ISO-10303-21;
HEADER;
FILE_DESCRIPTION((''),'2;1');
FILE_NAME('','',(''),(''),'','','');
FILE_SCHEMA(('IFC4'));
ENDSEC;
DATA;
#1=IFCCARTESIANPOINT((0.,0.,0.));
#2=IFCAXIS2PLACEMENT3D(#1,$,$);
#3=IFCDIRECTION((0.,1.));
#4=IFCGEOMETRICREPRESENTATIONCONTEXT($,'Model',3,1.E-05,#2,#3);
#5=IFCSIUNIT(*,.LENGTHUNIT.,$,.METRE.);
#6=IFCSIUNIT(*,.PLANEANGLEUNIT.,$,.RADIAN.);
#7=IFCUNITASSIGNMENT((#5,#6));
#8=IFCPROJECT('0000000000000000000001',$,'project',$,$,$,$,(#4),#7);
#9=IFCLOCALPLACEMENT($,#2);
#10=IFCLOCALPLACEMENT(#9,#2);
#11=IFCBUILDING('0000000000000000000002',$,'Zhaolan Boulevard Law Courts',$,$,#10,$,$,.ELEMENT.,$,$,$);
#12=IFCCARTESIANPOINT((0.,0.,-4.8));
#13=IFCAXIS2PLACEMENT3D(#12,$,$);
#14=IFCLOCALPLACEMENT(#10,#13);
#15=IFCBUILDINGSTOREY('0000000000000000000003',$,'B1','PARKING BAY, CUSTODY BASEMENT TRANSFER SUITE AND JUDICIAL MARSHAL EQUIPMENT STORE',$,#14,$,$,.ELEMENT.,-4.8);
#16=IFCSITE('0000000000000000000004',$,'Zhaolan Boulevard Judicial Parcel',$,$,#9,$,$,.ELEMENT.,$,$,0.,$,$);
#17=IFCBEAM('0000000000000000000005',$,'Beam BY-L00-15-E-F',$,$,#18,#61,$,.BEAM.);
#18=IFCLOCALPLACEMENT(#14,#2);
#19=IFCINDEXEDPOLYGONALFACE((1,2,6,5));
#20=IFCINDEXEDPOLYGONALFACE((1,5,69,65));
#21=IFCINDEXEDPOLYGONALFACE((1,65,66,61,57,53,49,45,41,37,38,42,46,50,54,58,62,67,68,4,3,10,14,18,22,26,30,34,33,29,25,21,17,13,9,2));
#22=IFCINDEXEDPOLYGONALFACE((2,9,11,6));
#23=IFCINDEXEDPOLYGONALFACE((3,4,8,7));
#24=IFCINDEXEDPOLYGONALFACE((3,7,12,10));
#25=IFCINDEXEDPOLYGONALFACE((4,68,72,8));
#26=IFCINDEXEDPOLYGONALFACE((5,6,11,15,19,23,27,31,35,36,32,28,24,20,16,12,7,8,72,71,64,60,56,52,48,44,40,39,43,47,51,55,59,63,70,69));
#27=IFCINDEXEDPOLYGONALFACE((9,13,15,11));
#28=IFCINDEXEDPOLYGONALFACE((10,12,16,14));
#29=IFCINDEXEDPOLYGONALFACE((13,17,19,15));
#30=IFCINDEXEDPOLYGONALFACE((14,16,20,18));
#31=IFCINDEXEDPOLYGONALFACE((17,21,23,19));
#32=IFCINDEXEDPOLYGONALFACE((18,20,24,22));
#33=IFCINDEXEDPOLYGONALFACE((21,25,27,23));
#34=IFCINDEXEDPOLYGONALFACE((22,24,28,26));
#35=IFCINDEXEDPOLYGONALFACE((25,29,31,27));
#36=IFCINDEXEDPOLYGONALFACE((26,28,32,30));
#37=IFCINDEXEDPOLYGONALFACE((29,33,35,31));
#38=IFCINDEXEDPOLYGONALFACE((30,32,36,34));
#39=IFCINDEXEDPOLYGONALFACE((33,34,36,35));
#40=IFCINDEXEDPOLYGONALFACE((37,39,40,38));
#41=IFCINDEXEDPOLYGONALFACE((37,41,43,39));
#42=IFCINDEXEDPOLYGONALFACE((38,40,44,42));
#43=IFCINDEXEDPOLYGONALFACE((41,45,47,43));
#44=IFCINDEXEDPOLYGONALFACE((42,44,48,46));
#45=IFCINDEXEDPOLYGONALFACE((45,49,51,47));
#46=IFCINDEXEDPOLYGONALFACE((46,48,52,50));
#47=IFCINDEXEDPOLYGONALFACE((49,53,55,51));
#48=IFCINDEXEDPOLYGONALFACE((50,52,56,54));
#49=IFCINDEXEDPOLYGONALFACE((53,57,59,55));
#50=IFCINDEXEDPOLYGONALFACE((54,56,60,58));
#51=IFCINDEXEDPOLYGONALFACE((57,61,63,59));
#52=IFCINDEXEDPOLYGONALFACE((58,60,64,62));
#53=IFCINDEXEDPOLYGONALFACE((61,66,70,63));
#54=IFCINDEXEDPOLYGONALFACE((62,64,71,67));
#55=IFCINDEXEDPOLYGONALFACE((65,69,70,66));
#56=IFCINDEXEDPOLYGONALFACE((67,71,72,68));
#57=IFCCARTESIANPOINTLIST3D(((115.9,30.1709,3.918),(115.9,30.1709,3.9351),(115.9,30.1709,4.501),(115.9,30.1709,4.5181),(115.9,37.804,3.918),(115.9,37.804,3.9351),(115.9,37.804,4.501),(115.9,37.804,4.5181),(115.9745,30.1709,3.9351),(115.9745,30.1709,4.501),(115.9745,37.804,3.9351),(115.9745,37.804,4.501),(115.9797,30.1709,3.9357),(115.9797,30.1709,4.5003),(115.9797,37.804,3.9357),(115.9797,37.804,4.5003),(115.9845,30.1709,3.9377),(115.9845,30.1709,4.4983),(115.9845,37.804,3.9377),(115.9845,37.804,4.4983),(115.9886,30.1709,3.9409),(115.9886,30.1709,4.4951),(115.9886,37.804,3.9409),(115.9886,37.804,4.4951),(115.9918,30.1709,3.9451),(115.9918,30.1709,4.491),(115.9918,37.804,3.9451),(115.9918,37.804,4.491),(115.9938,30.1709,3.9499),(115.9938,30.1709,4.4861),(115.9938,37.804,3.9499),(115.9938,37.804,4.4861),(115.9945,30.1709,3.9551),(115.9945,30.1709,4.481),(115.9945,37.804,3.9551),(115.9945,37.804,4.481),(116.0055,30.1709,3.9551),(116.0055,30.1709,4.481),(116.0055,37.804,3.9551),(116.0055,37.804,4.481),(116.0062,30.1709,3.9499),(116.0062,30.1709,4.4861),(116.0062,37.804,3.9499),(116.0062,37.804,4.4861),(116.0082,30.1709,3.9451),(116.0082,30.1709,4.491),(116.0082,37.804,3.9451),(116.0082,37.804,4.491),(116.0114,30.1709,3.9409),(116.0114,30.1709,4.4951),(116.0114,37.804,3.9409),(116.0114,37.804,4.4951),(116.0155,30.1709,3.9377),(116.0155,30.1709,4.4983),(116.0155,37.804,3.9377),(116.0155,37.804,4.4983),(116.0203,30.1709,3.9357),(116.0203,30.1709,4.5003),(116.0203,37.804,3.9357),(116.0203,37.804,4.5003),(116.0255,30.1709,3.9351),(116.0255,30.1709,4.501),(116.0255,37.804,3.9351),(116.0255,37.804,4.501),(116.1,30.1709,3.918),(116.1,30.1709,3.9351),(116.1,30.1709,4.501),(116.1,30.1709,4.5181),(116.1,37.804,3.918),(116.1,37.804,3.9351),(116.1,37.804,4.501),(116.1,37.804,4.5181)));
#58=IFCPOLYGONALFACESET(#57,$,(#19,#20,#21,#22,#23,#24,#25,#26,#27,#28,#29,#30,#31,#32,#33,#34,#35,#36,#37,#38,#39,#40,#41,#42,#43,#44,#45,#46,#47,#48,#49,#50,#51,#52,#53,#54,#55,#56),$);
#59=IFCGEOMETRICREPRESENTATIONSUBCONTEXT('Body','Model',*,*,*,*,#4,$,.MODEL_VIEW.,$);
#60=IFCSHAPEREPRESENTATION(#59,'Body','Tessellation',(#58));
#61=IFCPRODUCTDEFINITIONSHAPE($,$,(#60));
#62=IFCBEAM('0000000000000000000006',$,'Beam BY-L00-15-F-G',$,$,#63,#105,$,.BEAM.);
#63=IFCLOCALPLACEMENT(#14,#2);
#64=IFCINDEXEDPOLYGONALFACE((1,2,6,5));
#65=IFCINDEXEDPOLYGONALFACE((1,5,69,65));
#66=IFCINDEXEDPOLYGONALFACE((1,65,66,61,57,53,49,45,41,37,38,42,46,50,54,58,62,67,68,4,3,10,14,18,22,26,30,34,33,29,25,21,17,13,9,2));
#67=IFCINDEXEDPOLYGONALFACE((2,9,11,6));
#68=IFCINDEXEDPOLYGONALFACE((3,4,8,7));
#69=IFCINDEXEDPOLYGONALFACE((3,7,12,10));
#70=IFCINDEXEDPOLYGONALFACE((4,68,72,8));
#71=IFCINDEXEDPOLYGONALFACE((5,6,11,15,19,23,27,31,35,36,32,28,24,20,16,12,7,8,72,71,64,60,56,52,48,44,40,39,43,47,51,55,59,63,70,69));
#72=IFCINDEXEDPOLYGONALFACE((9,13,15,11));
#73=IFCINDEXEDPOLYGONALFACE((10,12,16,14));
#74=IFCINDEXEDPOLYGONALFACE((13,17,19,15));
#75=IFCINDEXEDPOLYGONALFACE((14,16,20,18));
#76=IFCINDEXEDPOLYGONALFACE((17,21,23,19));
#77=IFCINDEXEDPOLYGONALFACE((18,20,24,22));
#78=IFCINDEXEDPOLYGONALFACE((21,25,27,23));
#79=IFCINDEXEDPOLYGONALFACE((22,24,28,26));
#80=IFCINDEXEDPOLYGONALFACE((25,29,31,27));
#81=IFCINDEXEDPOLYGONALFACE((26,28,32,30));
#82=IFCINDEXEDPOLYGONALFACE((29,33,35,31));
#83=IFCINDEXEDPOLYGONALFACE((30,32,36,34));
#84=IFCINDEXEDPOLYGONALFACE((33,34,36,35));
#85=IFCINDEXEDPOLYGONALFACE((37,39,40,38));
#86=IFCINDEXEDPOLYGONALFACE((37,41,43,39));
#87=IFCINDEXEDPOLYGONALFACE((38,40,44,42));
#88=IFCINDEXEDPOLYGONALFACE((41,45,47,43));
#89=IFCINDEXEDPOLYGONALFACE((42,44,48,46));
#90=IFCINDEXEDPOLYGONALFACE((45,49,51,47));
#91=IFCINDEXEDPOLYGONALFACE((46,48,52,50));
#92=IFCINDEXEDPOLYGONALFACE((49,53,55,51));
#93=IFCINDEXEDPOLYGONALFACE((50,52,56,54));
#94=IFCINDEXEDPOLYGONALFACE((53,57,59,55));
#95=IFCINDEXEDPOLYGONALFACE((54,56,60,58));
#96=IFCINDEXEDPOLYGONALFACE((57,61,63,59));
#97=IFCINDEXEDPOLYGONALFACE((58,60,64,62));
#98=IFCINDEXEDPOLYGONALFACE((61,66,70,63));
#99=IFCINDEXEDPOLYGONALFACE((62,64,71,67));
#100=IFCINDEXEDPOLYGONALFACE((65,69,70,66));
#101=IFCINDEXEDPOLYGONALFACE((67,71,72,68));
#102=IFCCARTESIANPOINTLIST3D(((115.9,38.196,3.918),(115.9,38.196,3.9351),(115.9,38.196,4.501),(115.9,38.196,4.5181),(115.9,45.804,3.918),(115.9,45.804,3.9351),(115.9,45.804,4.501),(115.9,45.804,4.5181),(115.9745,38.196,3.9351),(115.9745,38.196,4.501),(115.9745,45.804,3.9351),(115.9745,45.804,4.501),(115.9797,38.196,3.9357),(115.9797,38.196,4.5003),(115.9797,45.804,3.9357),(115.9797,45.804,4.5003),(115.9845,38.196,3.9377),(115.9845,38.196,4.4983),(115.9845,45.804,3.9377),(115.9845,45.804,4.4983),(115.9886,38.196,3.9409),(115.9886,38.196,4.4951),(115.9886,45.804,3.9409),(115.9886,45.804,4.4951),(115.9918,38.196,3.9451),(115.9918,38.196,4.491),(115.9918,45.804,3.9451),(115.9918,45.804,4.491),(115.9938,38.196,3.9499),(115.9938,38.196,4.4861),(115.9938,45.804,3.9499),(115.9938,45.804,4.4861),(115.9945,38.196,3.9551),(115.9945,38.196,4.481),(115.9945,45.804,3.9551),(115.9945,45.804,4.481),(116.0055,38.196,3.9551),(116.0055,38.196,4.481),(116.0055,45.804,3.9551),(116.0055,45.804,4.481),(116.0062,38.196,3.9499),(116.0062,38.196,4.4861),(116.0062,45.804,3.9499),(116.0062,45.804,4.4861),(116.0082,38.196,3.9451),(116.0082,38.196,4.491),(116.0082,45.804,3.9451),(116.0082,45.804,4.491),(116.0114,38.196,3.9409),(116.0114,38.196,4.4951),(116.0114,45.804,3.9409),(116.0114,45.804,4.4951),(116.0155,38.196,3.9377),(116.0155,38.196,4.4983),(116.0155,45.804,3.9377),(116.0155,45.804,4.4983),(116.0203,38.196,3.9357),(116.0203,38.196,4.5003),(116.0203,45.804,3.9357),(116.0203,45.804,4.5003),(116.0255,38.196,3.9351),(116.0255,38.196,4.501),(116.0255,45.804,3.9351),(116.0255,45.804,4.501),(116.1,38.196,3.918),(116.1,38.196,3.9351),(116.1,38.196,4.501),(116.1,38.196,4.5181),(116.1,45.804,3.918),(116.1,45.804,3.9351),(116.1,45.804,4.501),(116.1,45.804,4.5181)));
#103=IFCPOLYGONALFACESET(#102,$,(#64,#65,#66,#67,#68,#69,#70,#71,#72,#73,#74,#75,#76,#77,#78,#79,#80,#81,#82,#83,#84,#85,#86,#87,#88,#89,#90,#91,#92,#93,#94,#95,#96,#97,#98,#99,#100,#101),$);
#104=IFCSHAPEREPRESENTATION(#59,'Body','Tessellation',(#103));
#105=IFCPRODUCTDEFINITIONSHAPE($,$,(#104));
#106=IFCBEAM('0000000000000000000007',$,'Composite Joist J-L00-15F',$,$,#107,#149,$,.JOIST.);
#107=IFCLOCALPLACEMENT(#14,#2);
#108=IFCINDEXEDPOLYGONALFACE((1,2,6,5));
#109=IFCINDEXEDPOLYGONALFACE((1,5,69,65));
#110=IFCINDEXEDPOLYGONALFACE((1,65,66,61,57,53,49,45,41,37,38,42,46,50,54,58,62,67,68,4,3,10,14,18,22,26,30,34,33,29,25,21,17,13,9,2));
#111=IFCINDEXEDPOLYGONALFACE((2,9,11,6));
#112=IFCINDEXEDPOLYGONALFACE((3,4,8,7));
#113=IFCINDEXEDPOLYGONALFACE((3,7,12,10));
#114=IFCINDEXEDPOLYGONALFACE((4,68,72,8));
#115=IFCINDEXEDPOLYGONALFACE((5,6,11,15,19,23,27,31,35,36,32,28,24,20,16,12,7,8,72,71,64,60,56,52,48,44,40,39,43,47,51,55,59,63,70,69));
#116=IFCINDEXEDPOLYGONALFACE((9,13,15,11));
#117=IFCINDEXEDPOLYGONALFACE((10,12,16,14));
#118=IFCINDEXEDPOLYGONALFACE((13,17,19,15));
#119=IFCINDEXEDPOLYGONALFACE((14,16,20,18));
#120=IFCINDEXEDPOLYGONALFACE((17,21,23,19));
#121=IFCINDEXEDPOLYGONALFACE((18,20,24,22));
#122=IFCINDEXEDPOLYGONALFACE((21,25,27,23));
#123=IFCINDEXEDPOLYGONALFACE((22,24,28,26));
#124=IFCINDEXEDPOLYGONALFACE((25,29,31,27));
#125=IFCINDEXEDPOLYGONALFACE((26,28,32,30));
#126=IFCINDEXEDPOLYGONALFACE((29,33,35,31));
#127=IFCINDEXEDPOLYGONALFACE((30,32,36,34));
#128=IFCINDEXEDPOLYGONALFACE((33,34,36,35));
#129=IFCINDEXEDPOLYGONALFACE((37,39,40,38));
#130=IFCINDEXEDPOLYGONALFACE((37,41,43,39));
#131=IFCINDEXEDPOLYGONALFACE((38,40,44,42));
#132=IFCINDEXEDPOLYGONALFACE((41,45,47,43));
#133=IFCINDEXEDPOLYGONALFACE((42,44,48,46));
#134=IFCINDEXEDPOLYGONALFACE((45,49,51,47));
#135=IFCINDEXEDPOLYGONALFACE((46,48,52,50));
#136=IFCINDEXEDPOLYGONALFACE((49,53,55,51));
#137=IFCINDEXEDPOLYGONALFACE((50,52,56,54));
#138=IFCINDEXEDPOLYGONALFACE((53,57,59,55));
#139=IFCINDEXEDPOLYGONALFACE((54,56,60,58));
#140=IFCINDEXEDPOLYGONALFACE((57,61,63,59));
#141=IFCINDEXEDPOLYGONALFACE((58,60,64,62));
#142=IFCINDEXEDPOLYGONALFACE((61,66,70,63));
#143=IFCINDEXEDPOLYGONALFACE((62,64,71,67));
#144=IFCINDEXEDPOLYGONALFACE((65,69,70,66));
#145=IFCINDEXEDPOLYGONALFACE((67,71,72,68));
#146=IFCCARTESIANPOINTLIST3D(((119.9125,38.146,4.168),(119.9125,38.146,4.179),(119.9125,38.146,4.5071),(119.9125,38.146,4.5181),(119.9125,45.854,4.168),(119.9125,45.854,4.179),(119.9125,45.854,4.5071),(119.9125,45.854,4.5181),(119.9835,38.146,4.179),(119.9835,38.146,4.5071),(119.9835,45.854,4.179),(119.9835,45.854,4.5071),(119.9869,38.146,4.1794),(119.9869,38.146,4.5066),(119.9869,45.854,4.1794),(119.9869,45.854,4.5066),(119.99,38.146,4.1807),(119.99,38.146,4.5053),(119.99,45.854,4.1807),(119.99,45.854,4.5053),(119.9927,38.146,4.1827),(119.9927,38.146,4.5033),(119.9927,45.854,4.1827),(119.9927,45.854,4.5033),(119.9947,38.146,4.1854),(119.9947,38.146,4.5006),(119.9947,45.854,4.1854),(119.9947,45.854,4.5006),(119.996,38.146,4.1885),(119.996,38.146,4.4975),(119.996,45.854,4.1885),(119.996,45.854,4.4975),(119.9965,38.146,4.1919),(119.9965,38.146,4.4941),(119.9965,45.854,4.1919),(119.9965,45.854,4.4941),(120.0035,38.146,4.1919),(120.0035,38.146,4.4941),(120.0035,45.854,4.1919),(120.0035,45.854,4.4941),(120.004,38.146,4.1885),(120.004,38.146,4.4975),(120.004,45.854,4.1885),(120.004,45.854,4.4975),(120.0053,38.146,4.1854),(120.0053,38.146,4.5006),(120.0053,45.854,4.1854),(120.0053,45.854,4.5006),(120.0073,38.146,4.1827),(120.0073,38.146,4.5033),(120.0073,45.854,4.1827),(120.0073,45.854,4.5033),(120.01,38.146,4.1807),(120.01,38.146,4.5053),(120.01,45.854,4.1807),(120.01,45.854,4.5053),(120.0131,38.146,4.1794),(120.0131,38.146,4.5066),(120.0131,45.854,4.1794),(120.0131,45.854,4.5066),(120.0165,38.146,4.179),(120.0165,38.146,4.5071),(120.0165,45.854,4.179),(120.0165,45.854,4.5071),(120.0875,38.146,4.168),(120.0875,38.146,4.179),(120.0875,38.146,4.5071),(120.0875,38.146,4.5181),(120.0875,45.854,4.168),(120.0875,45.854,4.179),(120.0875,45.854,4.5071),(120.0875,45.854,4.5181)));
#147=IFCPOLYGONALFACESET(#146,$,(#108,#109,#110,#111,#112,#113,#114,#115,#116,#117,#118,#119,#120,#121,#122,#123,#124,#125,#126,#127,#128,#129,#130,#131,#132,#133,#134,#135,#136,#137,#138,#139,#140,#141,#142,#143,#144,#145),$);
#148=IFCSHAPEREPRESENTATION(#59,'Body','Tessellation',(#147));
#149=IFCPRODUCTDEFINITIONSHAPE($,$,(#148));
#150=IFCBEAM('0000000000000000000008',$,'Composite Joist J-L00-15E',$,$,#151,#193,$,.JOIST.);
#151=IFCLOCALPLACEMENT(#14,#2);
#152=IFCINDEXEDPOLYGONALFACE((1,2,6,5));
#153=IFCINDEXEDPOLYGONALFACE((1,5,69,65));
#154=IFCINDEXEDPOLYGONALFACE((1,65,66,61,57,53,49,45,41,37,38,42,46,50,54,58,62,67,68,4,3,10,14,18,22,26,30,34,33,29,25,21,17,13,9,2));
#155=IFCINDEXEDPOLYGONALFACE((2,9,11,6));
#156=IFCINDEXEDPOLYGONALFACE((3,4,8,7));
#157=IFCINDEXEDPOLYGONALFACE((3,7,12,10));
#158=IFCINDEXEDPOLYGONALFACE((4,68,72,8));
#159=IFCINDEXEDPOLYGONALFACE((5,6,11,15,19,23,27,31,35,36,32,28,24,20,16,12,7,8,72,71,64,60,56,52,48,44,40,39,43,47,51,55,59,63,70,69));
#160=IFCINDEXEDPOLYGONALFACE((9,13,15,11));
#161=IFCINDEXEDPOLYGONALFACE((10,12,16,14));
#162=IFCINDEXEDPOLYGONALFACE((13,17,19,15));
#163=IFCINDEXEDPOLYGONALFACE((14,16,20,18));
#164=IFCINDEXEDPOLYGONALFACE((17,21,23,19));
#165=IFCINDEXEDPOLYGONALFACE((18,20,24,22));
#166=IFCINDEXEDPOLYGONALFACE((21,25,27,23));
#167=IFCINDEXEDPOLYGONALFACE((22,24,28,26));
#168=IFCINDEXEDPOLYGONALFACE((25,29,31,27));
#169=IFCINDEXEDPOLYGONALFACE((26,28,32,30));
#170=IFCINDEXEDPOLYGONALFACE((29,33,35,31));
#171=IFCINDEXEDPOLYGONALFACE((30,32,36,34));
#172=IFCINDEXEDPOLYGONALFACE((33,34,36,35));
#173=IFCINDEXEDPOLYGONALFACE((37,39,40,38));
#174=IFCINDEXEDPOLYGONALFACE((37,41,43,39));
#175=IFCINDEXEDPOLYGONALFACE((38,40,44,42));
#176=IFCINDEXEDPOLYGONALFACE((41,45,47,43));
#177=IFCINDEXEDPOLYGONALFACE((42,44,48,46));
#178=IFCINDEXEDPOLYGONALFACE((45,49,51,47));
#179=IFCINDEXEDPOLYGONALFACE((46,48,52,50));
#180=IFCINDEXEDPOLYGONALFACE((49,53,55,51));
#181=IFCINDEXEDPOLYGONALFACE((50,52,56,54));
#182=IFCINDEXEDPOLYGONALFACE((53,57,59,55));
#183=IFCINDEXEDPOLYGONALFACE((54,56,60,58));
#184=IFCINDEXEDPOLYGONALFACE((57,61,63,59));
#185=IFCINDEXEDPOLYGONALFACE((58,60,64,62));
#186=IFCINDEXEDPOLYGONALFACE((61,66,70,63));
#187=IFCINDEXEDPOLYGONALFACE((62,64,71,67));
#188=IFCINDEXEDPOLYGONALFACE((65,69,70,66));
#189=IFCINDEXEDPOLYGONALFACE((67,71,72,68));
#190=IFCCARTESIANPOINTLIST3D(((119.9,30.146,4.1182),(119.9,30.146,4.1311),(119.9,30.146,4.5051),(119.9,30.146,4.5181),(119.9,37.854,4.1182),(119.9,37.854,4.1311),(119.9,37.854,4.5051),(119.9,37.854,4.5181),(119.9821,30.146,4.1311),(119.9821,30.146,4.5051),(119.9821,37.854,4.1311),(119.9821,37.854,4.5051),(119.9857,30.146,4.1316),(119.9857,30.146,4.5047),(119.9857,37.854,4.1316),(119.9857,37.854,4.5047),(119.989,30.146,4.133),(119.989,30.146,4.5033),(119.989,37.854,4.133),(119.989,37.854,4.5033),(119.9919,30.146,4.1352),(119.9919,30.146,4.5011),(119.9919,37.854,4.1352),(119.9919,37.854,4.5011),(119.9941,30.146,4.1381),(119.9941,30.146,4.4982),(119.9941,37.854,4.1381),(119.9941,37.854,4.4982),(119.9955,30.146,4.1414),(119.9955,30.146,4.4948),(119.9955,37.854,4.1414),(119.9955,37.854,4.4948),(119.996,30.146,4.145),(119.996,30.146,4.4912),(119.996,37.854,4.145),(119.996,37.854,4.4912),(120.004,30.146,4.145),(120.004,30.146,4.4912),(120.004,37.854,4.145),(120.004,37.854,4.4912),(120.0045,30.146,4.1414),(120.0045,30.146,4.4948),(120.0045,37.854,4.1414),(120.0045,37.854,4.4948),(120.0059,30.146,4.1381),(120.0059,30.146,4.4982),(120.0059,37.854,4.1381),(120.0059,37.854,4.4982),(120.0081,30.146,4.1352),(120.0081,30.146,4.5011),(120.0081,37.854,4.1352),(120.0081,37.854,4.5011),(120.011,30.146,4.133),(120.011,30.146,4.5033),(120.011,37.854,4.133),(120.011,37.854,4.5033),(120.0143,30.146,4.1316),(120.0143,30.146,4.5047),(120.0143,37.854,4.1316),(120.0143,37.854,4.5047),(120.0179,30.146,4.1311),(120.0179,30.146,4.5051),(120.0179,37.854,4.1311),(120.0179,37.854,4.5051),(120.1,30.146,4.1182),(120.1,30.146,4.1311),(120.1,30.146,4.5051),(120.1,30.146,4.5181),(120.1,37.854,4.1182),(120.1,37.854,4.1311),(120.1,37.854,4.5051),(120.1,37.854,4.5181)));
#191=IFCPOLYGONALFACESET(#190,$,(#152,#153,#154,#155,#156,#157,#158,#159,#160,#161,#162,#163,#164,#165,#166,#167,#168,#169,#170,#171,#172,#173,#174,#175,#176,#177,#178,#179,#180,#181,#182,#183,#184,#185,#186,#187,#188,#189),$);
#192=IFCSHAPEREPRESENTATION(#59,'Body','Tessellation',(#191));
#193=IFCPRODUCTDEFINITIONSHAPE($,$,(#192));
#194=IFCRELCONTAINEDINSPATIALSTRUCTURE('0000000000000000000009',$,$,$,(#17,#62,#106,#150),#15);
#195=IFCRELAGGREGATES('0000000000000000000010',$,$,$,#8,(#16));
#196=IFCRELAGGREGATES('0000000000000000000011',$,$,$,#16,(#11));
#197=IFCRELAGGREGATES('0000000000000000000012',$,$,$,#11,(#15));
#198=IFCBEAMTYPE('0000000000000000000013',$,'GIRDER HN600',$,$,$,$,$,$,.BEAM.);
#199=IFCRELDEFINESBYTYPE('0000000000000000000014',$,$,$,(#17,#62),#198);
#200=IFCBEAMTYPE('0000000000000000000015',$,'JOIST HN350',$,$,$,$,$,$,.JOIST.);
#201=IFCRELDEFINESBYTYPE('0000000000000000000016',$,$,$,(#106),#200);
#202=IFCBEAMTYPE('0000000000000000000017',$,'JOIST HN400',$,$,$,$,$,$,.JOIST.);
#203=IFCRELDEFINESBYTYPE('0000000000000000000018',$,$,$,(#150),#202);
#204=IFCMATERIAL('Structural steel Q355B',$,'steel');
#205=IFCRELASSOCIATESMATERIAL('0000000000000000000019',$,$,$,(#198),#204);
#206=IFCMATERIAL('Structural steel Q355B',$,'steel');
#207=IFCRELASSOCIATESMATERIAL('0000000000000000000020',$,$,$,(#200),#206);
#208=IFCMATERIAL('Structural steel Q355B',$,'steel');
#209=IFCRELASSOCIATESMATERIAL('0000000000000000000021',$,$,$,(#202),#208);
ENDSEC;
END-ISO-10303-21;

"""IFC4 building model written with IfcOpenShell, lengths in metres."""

from ifc_helpers import new_model, si_unit, direction, frame, origin, origin_2d, place, context, subcontext, project, spatial, i_section, extrude, material, material_profile, profile_set, type_object, element, save


model = new_model("IFC4")

# Units and contexts
model_context = context("Model", 3, precision=1e-05, world=origin(), true_north=direction((0.0, 1.0)))
body_context = subcontext(model_context, "Body", "Model", "MODEL_VIEW")
ifc_project = project(units=[si_unit("LENGTHUNIT", "METRE"), si_unit("PLANEANGLEUNIT", "RADIAN")], contexts=[model_context])

# Site, building, storey
site_placement = place(None, origin())
site = spatial("IfcSite", under=ifc_project, at=site_placement, Name="Zhaolan Boulevard Judicial Parcel", CompositionType="ELEMENT", RefElevation=0.0)
building_placement = place(site_placement, origin())
building = spatial("IfcBuilding", under=site, at=building_placement, Name="Zhaolan Boulevard Law Courts", CompositionType="ELEMENT")
storey_placement = place(building_placement, frame((0.0, 0.0, -4.8)))
storey = spatial("IfcBuildingStorey", under=building, at=storey_placement, Name="B1", Description="PARKING BAY, CUSTODY BASEMENT TRANSFER SUITE AND JUDICIAL MARSHAL EQUIPMENT STORE", CompositionType="ELEMENT", Elevation=-4.8)

# Beams
ifc_material_1 = material(Name="Structural steel Q355B", Category="steel")
ifc_material_profile_1 = material_profile(ifc_material_1, i_section(OverallWidth=0.2, OverallDepth=0.6001, WebThickness=0.011, FlangeThickness=0.0171, FilletRadius=0.02, at=origin_2d()), Name="HN600x200")
ifc_profile_set_1 = profile_set([ifc_material_profile_1], Name="Structural steel Q355B")
beam_type_1 = type_object("IfcBeamType", Name="GIRDER HN600", PredefinedType="BEAM", material=ifc_profile_set_1)
beam_1_placement = place(storey_placement, frame((116.0, 30.1709, 4.218), z_axis=(0.0, 1.0, 0.0), x_axis=(-1.0, 0.0, 0.0)))
element("IfcBeam", 1, at=beam_1_placement, inside=storey, type_object=beam_type_1, Name="Beam BY-L00-15-E-F", PredefinedType="BEAM", context=body_context, shape_type="SweptSolid", body=[
    extrude(i_section(OverallWidth=0.2, OverallDepth=0.6001, WebThickness=0.011, FlangeThickness=0.0171, FilletRadius=0.02, at=origin_2d()), origin(), (0.0, 0.0, 1.0), 7.6331),
])
beam_2_placement = place(storey_placement, frame((116.0, 38.196, 4.218), z_axis=(0.0, 1.0, 0.0), x_axis=(-1.0, 0.0, 0.0)))
element("IfcBeam", 2, at=beam_2_placement, inside=storey, type_object=beam_type_1, Name="Beam BY-L00-15-F-G", PredefinedType="BEAM", context=body_context, shape_type="SweptSolid", body=[
    extrude(i_section(OverallWidth=0.2, OverallDepth=0.6001, WebThickness=0.011, FlangeThickness=0.0171, FilletRadius=0.02, at=origin_2d()), origin(), (0.0, 0.0, 1.0), 7.6079),
])
ifc_material_2 = material(Name="Structural steel Q355B", Category="steel")
ifc_material_profile_2 = material_profile(ifc_material_2, i_section(OverallWidth=0.175, OverallDepth=0.3501, WebThickness=0.0071, FlangeThickness=0.011, FilletRadius=0.0129, at=origin_2d()), Name="HN350x175")
ifc_profile_set_2 = profile_set([ifc_material_profile_2], Name="Structural steel Q355B")
beam_type_2 = type_object("IfcBeamType", Name="JOIST HN350", PredefinedType="JOIST", material=ifc_profile_set_2)
beam_3_placement = place(storey_placement, frame((120.0, 38.146, 4.343), z_axis=(0.0, 1.0, 0.0), x_axis=(-1.0, 0.0, 0.0)))
element("IfcBeam", 3, at=beam_3_placement, inside=storey, type_object=beam_type_2, Name="Composite Joist J-L00-15F", PredefinedType="JOIST", context=body_context, shape_type="SweptSolid", body=[
    extrude(i_section(OverallWidth=0.175, OverallDepth=0.3501, WebThickness=0.0071, FlangeThickness=0.011, FilletRadius=0.0129, at=origin_2d()), origin(), (0.0, 0.0, 1.0), 7.708),
])
ifc_material_3 = material(Name="Structural steel Q355B", Category="steel")
ifc_material_profile_3 = material_profile(ifc_material_3, i_section(OverallWidth=0.2, OverallDepth=0.3999, WebThickness=0.0081, FlangeThickness=0.0129, FilletRadius=0.0139, at=origin_2d()), Name="HN400x200")
ifc_profile_set_3 = profile_set([ifc_material_profile_3], Name="Structural steel Q355B")
beam_type_3 = type_object("IfcBeamType", Name="JOIST HN400", PredefinedType="JOIST", material=ifc_profile_set_3)
beam_4_placement = place(storey_placement, frame((120.0, 30.146, 4.3181), z_axis=(0.0, 1.0, 0.0), x_axis=(-1.0, 0.0, 0.0)))
element("IfcBeam", 4, at=beam_4_placement, inside=storey, type_object=beam_type_3, Name="Composite Joist J-L00-15E", PredefinedType="JOIST", context=body_context, shape_type="SweptSolid", body=[
    extrude(i_section(OverallWidth=0.2, OverallDepth=0.3999, WebThickness=0.0081, FlangeThickness=0.0129, FilletRadius=0.0139, at=origin_2d()), origin(), (0.0, 0.0, 1.0), 7.708),
])

save(model, "model.ifc")
